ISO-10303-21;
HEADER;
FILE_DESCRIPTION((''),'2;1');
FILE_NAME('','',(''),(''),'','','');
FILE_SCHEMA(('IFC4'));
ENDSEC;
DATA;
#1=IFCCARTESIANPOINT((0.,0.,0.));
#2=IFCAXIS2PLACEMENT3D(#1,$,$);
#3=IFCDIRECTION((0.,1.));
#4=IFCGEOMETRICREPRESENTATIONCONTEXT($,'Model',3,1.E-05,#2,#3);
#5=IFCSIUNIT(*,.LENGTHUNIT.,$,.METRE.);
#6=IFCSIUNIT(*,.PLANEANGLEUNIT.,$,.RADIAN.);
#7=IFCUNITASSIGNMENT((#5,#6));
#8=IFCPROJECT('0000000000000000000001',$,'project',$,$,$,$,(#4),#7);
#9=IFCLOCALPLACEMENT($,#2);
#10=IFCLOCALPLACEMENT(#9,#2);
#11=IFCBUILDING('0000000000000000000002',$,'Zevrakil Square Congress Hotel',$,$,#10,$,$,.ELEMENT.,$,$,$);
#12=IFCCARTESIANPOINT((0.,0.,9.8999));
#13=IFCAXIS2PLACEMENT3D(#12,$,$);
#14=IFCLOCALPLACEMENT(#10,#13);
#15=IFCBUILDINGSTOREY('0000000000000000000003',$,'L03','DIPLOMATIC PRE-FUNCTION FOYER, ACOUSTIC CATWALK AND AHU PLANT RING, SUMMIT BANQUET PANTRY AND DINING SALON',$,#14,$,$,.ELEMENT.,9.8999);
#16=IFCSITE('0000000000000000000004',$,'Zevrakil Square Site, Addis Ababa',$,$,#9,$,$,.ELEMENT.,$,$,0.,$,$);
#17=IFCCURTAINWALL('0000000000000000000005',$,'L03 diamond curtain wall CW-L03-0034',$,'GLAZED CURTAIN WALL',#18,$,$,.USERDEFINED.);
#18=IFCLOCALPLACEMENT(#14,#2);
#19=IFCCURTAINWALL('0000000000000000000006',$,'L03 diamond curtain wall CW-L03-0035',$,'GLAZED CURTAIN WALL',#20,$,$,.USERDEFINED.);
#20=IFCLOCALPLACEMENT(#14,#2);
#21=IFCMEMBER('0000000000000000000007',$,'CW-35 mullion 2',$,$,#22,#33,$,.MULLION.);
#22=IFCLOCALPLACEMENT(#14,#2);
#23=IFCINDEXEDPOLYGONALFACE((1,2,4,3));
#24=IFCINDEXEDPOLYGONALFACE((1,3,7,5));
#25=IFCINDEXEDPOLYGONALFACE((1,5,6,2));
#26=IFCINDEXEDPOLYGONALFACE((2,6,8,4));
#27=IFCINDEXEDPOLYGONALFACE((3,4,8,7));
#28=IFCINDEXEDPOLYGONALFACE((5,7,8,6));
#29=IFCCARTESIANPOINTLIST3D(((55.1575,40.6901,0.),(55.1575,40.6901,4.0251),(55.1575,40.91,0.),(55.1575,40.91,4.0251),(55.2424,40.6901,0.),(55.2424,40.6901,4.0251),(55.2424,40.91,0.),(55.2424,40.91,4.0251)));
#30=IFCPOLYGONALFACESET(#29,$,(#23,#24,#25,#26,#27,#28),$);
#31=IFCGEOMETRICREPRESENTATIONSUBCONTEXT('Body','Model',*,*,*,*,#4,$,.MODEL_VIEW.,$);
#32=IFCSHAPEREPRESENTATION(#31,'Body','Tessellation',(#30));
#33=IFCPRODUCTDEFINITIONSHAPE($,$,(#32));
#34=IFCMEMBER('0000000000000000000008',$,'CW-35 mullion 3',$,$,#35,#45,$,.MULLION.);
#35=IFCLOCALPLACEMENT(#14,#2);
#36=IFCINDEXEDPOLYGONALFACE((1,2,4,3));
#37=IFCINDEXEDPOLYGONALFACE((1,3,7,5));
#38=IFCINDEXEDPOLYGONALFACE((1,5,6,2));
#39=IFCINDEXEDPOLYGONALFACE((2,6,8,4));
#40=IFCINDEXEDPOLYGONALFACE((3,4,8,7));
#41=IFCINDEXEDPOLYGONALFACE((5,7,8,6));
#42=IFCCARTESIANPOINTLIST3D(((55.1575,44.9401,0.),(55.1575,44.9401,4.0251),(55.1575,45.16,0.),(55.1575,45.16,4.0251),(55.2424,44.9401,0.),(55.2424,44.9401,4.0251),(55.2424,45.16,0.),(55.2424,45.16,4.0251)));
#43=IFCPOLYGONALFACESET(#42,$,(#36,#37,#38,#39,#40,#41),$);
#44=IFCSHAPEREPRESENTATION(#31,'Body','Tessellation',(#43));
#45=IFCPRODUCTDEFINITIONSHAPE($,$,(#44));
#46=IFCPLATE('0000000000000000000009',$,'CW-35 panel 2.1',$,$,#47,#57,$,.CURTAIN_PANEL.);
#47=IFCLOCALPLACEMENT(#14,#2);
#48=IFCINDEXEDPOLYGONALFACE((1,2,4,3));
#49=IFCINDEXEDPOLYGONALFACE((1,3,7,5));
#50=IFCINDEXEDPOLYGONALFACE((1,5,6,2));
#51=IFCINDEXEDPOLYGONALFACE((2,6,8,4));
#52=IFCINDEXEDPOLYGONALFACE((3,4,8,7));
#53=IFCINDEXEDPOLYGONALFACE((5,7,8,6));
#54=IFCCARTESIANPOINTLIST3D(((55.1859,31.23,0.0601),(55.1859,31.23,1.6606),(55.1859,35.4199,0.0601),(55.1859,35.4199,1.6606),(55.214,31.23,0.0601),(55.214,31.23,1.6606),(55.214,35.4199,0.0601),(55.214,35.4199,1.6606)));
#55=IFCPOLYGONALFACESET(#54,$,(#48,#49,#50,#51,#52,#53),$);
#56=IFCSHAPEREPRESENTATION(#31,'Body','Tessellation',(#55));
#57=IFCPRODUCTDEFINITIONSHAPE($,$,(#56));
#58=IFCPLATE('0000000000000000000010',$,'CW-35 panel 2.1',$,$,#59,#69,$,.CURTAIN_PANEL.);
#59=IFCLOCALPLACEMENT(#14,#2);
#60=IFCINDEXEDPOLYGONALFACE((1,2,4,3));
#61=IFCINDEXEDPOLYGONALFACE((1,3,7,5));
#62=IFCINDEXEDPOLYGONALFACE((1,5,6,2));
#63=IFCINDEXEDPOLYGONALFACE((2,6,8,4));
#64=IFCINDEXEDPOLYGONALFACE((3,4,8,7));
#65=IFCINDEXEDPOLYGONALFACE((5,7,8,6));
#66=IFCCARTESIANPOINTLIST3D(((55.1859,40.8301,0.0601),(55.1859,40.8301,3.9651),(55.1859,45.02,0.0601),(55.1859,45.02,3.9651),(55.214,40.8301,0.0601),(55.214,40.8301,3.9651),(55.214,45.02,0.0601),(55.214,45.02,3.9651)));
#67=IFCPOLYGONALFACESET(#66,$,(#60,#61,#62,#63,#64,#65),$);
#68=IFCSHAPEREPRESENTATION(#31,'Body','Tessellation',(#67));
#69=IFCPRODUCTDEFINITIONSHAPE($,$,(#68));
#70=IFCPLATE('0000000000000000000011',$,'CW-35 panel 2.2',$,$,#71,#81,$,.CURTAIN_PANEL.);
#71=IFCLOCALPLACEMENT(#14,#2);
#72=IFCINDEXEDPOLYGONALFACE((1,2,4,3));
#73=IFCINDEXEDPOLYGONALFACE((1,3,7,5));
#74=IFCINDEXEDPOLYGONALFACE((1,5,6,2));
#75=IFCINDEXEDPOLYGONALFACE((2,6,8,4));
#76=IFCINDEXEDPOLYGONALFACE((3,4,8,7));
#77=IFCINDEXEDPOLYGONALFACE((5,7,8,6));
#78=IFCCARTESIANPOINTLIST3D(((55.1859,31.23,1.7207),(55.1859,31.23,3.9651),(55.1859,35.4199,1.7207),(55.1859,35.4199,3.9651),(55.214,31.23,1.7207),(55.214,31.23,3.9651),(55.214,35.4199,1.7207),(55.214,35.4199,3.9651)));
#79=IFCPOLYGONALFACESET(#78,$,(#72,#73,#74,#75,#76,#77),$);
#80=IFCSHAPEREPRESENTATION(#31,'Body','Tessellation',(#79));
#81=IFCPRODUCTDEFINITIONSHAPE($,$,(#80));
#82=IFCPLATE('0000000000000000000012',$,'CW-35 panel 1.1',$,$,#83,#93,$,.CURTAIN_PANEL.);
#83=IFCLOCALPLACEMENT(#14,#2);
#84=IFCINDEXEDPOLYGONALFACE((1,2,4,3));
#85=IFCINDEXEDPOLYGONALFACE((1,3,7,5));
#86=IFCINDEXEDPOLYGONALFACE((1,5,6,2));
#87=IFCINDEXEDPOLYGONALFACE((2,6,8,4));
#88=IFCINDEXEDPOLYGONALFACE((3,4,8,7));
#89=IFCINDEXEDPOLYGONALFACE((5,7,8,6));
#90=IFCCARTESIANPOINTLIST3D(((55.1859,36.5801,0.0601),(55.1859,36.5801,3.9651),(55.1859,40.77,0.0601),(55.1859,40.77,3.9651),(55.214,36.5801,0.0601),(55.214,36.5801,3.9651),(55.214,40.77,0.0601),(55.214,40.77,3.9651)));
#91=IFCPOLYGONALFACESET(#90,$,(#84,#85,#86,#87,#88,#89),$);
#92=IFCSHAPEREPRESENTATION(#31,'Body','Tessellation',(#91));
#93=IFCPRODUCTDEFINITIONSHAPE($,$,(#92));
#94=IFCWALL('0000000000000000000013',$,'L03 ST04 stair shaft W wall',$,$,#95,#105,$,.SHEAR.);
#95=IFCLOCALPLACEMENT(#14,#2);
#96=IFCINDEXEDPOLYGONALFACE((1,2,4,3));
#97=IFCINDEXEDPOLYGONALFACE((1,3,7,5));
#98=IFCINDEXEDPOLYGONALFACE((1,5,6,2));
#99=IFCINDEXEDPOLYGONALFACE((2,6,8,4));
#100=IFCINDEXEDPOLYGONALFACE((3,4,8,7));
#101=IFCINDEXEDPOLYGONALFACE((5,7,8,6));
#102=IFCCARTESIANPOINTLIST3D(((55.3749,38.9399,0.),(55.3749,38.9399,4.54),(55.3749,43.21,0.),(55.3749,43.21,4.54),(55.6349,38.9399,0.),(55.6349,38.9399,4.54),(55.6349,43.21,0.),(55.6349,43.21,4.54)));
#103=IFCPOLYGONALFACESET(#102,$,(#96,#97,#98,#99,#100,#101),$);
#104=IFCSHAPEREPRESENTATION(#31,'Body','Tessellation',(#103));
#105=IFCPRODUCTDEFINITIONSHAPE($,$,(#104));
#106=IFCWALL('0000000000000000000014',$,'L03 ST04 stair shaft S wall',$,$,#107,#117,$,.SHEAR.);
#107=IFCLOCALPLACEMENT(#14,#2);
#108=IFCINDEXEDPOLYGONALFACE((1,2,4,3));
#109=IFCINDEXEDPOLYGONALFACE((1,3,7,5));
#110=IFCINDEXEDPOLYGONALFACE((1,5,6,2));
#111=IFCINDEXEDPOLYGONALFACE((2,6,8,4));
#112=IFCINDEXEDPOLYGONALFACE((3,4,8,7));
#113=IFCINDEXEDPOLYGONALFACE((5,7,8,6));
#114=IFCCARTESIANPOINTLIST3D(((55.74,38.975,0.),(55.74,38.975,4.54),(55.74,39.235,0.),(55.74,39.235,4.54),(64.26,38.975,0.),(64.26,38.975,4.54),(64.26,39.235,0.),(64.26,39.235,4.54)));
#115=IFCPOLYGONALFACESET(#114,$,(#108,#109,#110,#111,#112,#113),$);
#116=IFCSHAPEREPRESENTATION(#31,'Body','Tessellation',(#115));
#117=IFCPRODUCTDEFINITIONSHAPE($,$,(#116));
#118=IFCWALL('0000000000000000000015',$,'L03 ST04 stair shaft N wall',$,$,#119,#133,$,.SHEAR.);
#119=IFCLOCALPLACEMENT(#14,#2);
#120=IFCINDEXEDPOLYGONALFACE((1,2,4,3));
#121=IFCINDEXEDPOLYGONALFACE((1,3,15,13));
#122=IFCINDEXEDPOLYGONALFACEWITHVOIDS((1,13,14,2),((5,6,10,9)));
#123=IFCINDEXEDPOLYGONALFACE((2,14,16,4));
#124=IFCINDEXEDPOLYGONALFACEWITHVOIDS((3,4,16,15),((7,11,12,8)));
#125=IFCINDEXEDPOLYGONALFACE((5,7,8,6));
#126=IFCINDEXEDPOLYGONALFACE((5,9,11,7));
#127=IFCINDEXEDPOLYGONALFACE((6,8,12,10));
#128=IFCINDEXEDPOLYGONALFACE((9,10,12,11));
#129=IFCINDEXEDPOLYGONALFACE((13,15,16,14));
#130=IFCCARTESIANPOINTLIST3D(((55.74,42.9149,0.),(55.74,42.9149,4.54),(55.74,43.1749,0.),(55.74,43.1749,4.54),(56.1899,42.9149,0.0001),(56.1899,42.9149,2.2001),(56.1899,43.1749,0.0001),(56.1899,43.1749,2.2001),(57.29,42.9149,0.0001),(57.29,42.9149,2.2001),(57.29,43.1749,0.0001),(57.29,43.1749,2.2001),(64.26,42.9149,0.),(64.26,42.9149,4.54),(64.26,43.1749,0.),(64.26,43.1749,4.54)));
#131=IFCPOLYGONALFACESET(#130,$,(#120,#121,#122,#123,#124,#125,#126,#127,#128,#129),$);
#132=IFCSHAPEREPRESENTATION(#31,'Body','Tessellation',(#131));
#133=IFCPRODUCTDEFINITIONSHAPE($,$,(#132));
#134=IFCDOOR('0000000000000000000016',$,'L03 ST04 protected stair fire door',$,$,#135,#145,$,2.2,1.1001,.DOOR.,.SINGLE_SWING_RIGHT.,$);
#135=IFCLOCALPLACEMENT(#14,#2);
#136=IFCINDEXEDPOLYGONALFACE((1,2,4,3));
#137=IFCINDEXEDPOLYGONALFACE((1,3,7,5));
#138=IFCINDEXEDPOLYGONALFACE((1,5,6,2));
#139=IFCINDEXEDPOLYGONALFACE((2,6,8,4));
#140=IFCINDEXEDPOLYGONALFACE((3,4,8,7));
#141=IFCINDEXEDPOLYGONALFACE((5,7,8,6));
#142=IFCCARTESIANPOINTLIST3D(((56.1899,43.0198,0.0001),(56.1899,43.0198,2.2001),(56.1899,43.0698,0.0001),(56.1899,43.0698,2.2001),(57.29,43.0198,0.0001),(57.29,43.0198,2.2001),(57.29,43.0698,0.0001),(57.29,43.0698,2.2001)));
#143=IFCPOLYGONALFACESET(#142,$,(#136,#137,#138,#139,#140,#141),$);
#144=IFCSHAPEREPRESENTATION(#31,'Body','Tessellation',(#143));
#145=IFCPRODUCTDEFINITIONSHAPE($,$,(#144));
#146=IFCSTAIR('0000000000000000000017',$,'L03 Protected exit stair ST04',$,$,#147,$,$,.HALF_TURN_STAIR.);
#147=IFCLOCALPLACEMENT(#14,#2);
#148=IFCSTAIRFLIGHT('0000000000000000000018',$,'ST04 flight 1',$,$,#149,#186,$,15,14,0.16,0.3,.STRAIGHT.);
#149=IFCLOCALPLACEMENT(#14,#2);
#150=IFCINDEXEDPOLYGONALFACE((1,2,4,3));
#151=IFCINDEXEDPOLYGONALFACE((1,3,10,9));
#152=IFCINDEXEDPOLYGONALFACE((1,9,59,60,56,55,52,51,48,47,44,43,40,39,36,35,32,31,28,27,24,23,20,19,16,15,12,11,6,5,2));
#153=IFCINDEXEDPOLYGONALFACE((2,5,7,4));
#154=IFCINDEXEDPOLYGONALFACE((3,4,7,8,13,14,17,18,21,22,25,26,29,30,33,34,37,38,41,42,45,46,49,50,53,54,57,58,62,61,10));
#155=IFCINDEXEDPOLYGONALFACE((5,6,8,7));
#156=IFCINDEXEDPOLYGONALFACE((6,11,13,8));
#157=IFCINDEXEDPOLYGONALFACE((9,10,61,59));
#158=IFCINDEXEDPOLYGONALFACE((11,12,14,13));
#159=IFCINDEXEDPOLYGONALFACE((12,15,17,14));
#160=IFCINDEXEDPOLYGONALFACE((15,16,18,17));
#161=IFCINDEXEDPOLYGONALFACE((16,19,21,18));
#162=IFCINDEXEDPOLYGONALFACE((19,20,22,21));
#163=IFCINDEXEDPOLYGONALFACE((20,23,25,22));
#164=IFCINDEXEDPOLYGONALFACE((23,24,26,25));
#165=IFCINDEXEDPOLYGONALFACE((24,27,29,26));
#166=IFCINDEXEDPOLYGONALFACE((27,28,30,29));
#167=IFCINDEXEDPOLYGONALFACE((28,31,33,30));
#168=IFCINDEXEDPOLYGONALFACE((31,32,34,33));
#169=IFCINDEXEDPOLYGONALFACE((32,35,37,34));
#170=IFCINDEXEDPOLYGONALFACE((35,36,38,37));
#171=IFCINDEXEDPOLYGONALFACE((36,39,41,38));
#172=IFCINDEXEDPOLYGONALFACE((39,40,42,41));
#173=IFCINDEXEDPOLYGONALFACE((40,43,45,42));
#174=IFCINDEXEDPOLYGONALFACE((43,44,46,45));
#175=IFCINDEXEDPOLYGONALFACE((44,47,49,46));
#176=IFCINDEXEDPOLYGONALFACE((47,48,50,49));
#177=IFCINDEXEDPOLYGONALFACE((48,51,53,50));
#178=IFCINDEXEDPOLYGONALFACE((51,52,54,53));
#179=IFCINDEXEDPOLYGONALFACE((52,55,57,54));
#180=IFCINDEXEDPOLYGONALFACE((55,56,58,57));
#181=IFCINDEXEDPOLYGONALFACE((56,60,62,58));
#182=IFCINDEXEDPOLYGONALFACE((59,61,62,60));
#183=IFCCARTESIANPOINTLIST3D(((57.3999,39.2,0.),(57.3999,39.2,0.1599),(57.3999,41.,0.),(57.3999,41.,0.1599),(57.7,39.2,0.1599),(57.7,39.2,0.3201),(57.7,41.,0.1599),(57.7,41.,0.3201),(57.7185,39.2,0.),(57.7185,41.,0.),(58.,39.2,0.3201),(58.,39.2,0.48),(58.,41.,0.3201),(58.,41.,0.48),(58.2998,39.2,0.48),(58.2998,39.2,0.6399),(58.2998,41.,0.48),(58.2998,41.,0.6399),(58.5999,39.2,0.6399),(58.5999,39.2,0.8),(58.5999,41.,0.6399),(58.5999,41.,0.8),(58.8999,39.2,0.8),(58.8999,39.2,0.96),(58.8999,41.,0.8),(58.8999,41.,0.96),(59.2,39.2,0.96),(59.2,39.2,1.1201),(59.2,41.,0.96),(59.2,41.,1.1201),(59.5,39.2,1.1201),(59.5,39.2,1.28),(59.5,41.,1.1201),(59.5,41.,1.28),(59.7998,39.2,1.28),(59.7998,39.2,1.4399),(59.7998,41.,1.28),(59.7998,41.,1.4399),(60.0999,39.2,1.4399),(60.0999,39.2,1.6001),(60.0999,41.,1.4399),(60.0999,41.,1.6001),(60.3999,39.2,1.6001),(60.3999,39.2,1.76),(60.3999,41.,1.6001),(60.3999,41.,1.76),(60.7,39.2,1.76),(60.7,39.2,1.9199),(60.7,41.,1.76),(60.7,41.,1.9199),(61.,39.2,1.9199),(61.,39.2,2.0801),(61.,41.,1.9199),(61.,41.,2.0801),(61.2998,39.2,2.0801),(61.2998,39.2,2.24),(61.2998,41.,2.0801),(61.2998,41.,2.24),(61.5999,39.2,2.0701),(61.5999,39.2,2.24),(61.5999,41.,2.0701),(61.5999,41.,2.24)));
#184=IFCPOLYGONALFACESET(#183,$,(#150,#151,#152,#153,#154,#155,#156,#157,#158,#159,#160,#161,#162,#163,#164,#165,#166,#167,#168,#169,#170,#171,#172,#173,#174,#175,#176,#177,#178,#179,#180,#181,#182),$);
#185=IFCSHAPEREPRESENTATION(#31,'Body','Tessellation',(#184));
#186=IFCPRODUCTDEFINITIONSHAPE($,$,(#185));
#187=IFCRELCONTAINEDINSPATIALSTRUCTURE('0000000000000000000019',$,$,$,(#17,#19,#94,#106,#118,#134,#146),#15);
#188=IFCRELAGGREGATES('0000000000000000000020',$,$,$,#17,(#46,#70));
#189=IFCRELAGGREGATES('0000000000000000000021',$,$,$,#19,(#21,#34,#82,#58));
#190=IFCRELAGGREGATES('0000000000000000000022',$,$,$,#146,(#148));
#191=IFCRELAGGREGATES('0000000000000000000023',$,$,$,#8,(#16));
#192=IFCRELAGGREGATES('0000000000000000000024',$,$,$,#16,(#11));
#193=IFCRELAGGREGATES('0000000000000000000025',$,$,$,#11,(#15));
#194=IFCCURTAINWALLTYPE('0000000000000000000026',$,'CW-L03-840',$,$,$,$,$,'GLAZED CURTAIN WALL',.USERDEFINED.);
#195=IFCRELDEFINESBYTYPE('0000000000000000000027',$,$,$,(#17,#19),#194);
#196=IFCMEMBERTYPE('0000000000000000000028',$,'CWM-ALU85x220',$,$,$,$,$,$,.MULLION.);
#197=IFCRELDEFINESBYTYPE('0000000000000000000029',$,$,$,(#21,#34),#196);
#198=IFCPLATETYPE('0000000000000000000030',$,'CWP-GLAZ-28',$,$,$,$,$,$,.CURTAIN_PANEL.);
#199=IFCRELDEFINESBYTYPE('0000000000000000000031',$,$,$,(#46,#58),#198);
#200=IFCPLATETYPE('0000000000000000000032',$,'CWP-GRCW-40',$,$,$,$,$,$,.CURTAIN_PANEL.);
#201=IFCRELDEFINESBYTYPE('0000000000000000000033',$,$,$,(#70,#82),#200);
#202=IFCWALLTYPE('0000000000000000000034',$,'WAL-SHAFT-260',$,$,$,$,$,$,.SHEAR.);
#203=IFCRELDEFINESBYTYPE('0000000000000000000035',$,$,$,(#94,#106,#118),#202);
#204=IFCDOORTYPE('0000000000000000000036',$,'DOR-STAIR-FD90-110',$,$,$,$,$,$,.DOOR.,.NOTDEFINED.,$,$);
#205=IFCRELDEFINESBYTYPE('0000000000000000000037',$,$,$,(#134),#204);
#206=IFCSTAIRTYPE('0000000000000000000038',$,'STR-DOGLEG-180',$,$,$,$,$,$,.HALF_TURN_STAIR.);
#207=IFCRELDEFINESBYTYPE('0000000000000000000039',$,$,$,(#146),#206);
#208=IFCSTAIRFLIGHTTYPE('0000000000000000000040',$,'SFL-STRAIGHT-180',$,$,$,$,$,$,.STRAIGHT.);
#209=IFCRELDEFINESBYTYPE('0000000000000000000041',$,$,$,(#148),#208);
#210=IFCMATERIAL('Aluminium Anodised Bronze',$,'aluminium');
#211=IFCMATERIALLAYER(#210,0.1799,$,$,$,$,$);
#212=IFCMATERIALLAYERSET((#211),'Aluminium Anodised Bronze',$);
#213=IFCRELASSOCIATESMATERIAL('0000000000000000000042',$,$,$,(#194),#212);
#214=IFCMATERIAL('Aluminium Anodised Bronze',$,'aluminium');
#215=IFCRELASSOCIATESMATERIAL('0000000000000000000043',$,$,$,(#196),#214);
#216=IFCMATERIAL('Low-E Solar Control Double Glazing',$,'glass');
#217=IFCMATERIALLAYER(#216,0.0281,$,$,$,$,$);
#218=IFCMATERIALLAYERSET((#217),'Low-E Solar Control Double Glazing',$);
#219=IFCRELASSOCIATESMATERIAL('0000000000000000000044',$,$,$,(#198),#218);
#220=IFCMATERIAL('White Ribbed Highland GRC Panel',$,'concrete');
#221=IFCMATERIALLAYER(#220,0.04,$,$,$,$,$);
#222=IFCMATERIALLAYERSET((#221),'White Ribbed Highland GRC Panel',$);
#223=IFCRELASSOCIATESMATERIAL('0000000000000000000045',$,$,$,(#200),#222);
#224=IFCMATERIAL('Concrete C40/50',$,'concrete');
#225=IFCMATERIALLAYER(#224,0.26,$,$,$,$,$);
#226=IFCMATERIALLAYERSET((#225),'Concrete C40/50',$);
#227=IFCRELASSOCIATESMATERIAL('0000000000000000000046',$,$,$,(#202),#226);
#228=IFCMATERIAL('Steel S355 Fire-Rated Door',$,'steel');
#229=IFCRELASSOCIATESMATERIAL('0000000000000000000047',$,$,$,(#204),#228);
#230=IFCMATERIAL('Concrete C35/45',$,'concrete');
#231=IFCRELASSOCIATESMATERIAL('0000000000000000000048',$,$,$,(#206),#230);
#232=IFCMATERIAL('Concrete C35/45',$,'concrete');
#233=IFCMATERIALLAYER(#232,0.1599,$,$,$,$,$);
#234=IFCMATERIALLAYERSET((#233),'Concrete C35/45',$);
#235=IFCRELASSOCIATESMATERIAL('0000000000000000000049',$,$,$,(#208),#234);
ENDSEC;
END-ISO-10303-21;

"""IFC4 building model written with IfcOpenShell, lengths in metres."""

from ifc_helpers import new_model, si_unit, direction, frame, frame_2d, origin, origin_2d, place, context, subcontext, project, spatial, polyline, rectangle, outline, extrude, material, layer, layer_set, material_profile, profile_set, type_object, element, fill, aggregate, save


model = new_model("IFC4")

# Units and contexts
model_context = context("Model", 3, precision=1e-05, world=origin(), true_north=direction((0.0, 1.0)))
body_context = subcontext(model_context, "Body", "Model", "MODEL_VIEW")
ifc_project = project(units=[si_unit("LENGTHUNIT", "METRE"), si_unit("PLANEANGLEUNIT", "RADIAN")], contexts=[model_context])

# Site, building, storey
site_placement = place(None, origin())
site = spatial("IfcSite", under=ifc_project, at=site_placement, Name="Zevrakil Square Site, Addis Ababa", CompositionType="ELEMENT", RefElevation=0.0)
building_placement = place(site_placement, origin())
building = spatial("IfcBuilding", under=site, at=building_placement, Name="Zevrakil Square Congress Hotel", CompositionType="ELEMENT")
storey_placement = place(building_placement, frame((0.0, 0.0, 9.8999)))
storey = spatial("IfcBuildingStorey", under=building, at=storey_placement, Name="L03", Description="DIPLOMATIC PRE-FUNCTION FOYER, ACOUSTIC CATWALK AND AHU PLANT RING, SUMMIT BANQUET PANTRY AND DINING SALON", CompositionType="ELEMENT", Elevation=9.8999)

# Curtain wall
ifc_material_1 = material(Name="Aluminium Anodised Bronze", Category="aluminium")
ifc_layer_1 = layer(ifc_material_1, 0.1799)
ifc_layer_set_1 = layer_set([ifc_layer_1], Name="Aluminium Anodised Bronze")
curtain_wall_type = type_object("IfcCurtainWallType", Name="CW-L03-840", ElementType="GLAZED CURTAIN WALL", PredefinedType="USERDEFINED", material=ifc_layer_set_1)
curtain_wall_1_placement = place(storey_placement, origin())
curtain_wall_1 = element("IfcCurtainWall", 1, at=curtain_wall_1_placement, inside=storey, type_object=curtain_wall_type, Name="L03 diamond curtain wall CW-L03-0034", ObjectType="GLAZED CURTAIN WALL", PredefinedType="USERDEFINED")

# Curtain wall
curtain_wall_2_placement = place(storey_placement, origin())
curtain_wall_2 = element("IfcCurtainWall", 2, at=curtain_wall_2_placement, inside=storey, type_object=curtain_wall_type, Name="L03 diamond curtain wall CW-L03-0035", ObjectType="GLAZED CURTAIN WALL", PredefinedType="USERDEFINED")

# Members
ifc_material_2 = material(Name="Aluminium Anodised Bronze", Category="aluminium")
ifc_material_profile_1 = material_profile(ifc_material_2, rectangle(XDim=0.085, YDim=0.22, at=origin_2d()), Name="ALU 85x220")
ifc_profile_set_1 = profile_set([ifc_material_profile_1], Name="Aluminium Anodised Bronze")
member_type_1 = type_object("IfcMemberType", Name="CWM-ALU85x220", PredefinedType="MULLION", material=ifc_profile_set_1)
member_1_placement = place(storey_placement, frame((55.2, 40.8, 0.0), z_axis=(0.0, 0.0, 1.0), x_axis=(-1.0, 0.0, 0.0)))
member_1 = element("IfcMember", 3, at=member_1_placement, type_object=member_type_1, Name="CW-35 mullion 2", PredefinedType="MULLION", context=body_context, shape_type="SweptSolid", body=[
    extrude(rectangle(XDim=0.085, YDim=0.22, at=origin_2d()), origin(), (0.0, 0.0, 1.0), 4.0251),
])
member_2_placement = place(storey_placement, frame((55.2, 45.05, 0.0), z_axis=(0.0, 0.0, 1.0), x_axis=(-1.0, 0.0, 0.0)))
member_2 = element("IfcMember", 4, at=member_2_placement, type_object=member_type_1, Name="CW-35 mullion 3", PredefinedType="MULLION", context=body_context, shape_type="SweptSolid", body=[
    extrude(rectangle(XDim=0.085, YDim=0.22, at=origin_2d()), origin(), (0.0, 0.0, 1.0), 4.0251),
])

# Plates
ifc_material_3 = material(Name="Low-E Solar Control Double Glazing", Category="glass")
ifc_layer_2 = layer(ifc_material_3, 0.0281)
ifc_layer_set_2 = layer_set([ifc_layer_2], Name="Low-E Solar Control Double Glazing")
plate_type_1 = type_object("IfcPlateType", Name="CWP-GLAZ-28", PredefinedType="CURTAIN_PANEL", material=ifc_layer_set_2)
plate_1_placement = place(storey_placement, frame((55.2, 33.325, 0.0601), z_axis=(0.0, 0.0, 1.0), x_axis=(0.0, 1.0, 0.0)))
plate_1 = element("IfcPlate", 5, at=plate_1_placement, type_object=plate_type_1, Name="CW-35 panel 2.1", PredefinedType="CURTAIN_PANEL", context=body_context, shape_type="SweptSolid", body=[
    extrude(rectangle(XDim=4.1899, YDim=0.0281, at=origin_2d()), origin(), (0.0, 0.0, 1.0), 1.6006),
])
plate_2_placement = place(storey_placement, frame((55.2, 42.925, 0.0601), z_axis=(0.0, 0.0, 1.0), x_axis=(0.0, 1.0, 0.0)))
plate_2 = element("IfcPlate", 6, at=plate_2_placement, type_object=plate_type_1, Name="CW-35 panel 2.1", PredefinedType="CURTAIN_PANEL", context=body_context, shape_type="SweptSolid", body=[
    extrude(rectangle(XDim=4.1899, YDim=0.0281, at=origin_2d()), origin(), (0.0, 0.0, 1.0), 3.905),
])
ifc_material_4 = material(Name="White Ribbed Highland GRC Panel", Category="concrete")
ifc_layer_3 = layer(ifc_material_4, 0.04)
ifc_layer_set_3 = layer_set([ifc_layer_3], Name="White Ribbed Highland GRC Panel")
plate_type_2 = type_object("IfcPlateType", Name="CWP-GRCW-40", PredefinedType="CURTAIN_PANEL", material=ifc_layer_set_3)
plate_3_placement = place(storey_placement, frame((55.2, 33.325, 1.7207), z_axis=(0.0, 0.0, 1.0), x_axis=(0.0, 1.0, 0.0)))
plate_3 = element("IfcPlate", 7, at=plate_3_placement, type_object=plate_type_2, Name="CW-35 panel 2.2", PredefinedType="CURTAIN_PANEL", context=body_context, shape_type="SweptSolid", body=[
    extrude(rectangle(XDim=4.1899, YDim=0.0281, at=origin_2d()), origin(), (0.0, 0.0, 1.0), 2.2444),
])
aggregate(curtain_wall_1, [plate_1, plate_3])
plate_4_placement = place(storey_placement, frame((55.2, 38.675, 0.0601), z_axis=(0.0, 0.0, 1.0), x_axis=(0.0, 1.0, 0.0)))
plate_4 = element("IfcPlate", 8, at=plate_4_placement, type_object=plate_type_2, Name="CW-35 panel 1.1", PredefinedType="CURTAIN_PANEL", context=body_context, shape_type="SweptSolid", body=[
    extrude(rectangle(XDim=4.1899, YDim=0.0281, at=origin_2d()), origin(), (0.0, 0.0, 1.0), 3.905),
])
aggregate(curtain_wall_2, [member_1, member_2, plate_4, plate_2])

# Walls
ifc_material_5 = material(Name="Concrete C40/50", Category="concrete")
ifc_layer_4 = layer(ifc_material_5, 0.26)
ifc_layer_set_4 = layer_set([ifc_layer_4], Name="Concrete C40/50")
wall_type = type_object("IfcWallType", Name="WAL-SHAFT-260", PredefinedType="SHEAR", material=ifc_layer_set_4)
wall_1_placement = place(storey_placement, frame((55.5049, 38.9399, 0.0), z_axis=(0.0, 0.0, 1.0), x_axis=(0.0, 1.0, 0.0)))
element("IfcWall", 9, at=wall_1_placement, inside=storey, type_object=wall_type, Name="L03 ST04 stair shaft W wall", PredefinedType="SHEAR", context=body_context, shape_type="SweptSolid", body=[
    extrude(rectangle(XDim=4.27, YDim=0.26, at=frame_2d((2.135, 0.0))), origin(), (0.0, 0.0, 1.0), 4.54),
])
wall_2_placement = place(storey_placement, frame((55.74, 39.105, 0.0), z_axis=(0.0, 0.0, 1.0), x_axis=(1.0, 0.0, 0.0)))
element("IfcWall", 10, at=wall_2_placement, inside=storey, type_object=wall_type, Name="L03 ST04 stair shaft S wall", PredefinedType="SHEAR", context=body_context, shape_type="SweptSolid", body=[
    extrude(rectangle(XDim=8.52, YDim=0.26, at=frame_2d((4.26, 0.0))), origin(), (0.0, 0.0, 1.0), 4.54),
])

# Wall, opening, door
wall_3_placement = place(storey_placement, frame((55.74, 43.0449, 0.0), z_axis=(0.0, 0.0, 1.0), x_axis=(1.0, 0.0, 0.0)))
wall_3 = element("IfcWall", 11, at=wall_3_placement, inside=storey, type_object=wall_type, Name="L03 ST04 stair shaft N wall", PredefinedType="SHEAR", context=body_context, shape_type="SweptSolid", body=[
    extrude(rectangle(XDim=8.52, YDim=0.26, at=frame_2d((4.26, 0.0))), origin(), (0.0, 0.0, 1.0), 4.54),
])
opening_placement = place(wall_3_placement, frame((0.45, 0.0, 0.0)))
opening = element("IfcOpeningElement", 12, at=opening_placement, cuts=wall_3, PredefinedType="OPENING", context=body_context, shape_type="SweptSolid", body=[
    extrude(rectangle(XDim=1.1001, YDim=2.2, at=frame_2d((0.55, 1.1001))), frame((0.0, 0.1401, 0.0), z_axis=(0.0, -1.0, 0.0), x_axis=(1.0, 0.0, 0.0)), (0.0, 0.0, 1.0), 0.28),
])
ifc_material_6 = material(Name="Steel S355 Fire-Rated Door", Category="steel")
door_type = type_object("IfcDoorType", Name="DOR-STAIR-FD90-110", OperationType="NOTDEFINED", PredefinedType="DOOR", material=ifc_material_6)
door_placement = place(opening_placement, origin())
door = element("IfcDoor", 13, at=door_placement, inside=storey, type_object=door_type, Name="L03 ST04 protected stair fire door", OperationType="SINGLE_SWING_RIGHT", OverallHeight=2.2, OverallWidth=1.1001, PredefinedType="DOOR", context=body_context, shape_type="SweptSolid", body=[
    extrude(rectangle(XDim=1.1001, YDim=2.2, at=frame_2d((0.55, 1.1001))), frame((0.0, 0.0249, 0.0), z_axis=(0.0, -1.0, 0.0), x_axis=(1.0, 0.0, 0.0)), (0.0, 0.0, 1.0), 0.05),
])
fill(opening, door)

# Stair, stair flight
ifc_material_7 = material(Name="Concrete C35/45", Category="concrete")
stair_type = type_object("IfcStairType", Name="STR-DOGLEG-180", PredefinedType="HALF_TURN_STAIR", material=ifc_material_7)
stair_placement = place(storey_placement, origin())
stair = element("IfcStair", 14, at=stair_placement, inside=storey, type_object=stair_type, Name="L03 Protected exit stair ST04", PredefinedType="HALF_TURN_STAIR")
ifc_material_8 = material(Name="Concrete C35/45", Category="concrete")
ifc_layer_5 = layer(ifc_material_8, 0.1599)
ifc_layer_set_5 = layer_set([ifc_layer_5], Name="Concrete C35/45")
stair_flight_type = type_object("IfcStairFlightType", Name="SFL-STRAIGHT-180", PredefinedType="STRAIGHT", material=ifc_layer_set_5)
stair_flight_1_placement = place(storey_placement, frame((57.3999, 40.1001, 0.0), z_axis=(0.0, 0.0, 1.0), x_axis=(1.0, 0.0, 0.0)))
stair_flight_1 = element("IfcStairFlight", 15, at=stair_flight_1_placement, type_object=stair_flight_type, Name="ST04 flight 1", NumberOfRisers=15, NumberOfTreads=14, PredefinedType="STRAIGHT", RiserHeight=0.16, TreadLength=0.3, context=body_context, shape_type="SweptSolid", body=[
    extrude(outline(polyline([(0.0, 0.0), (0.0, 0.1599), (0.3, 0.1599), (0.3, 0.3201), (0.6001, 0.3201), (0.6001, 0.48), (0.8999, 0.48), (0.8999, 0.6399), (1.2, 0.6399), (1.2, 0.8), (1.5, 0.8), (1.5, 0.96), (1.8, 0.96), (1.8, 1.1201), (2.1001, 1.1201), (2.1001, 1.28), (2.3999, 1.28), (2.3999, 1.4399), (2.7, 1.4399), (2.7, 1.6001), (3.0, 1.6001), (3.0, 1.76), (3.3, 1.76), (3.3, 1.9199), (3.6001, 1.9199), (3.6001, 2.0801), (3.8999, 2.0801), (3.8999, 2.24), (4.2, 2.24), (4.2, 2.3999), (4.2, 2.0701), (0.3186, 0.0), (0.0, 0.0)])), frame((0.0, 0.8999, 0.0), z_axis=(0.0, -1.0, 0.0), x_axis=(1.0, 0.0, 0.0)), (0.0, 0.0, 1.0), 1.8),
])
aggregate(stair, [stair_flight_1])

save(model, "model.ifc")
